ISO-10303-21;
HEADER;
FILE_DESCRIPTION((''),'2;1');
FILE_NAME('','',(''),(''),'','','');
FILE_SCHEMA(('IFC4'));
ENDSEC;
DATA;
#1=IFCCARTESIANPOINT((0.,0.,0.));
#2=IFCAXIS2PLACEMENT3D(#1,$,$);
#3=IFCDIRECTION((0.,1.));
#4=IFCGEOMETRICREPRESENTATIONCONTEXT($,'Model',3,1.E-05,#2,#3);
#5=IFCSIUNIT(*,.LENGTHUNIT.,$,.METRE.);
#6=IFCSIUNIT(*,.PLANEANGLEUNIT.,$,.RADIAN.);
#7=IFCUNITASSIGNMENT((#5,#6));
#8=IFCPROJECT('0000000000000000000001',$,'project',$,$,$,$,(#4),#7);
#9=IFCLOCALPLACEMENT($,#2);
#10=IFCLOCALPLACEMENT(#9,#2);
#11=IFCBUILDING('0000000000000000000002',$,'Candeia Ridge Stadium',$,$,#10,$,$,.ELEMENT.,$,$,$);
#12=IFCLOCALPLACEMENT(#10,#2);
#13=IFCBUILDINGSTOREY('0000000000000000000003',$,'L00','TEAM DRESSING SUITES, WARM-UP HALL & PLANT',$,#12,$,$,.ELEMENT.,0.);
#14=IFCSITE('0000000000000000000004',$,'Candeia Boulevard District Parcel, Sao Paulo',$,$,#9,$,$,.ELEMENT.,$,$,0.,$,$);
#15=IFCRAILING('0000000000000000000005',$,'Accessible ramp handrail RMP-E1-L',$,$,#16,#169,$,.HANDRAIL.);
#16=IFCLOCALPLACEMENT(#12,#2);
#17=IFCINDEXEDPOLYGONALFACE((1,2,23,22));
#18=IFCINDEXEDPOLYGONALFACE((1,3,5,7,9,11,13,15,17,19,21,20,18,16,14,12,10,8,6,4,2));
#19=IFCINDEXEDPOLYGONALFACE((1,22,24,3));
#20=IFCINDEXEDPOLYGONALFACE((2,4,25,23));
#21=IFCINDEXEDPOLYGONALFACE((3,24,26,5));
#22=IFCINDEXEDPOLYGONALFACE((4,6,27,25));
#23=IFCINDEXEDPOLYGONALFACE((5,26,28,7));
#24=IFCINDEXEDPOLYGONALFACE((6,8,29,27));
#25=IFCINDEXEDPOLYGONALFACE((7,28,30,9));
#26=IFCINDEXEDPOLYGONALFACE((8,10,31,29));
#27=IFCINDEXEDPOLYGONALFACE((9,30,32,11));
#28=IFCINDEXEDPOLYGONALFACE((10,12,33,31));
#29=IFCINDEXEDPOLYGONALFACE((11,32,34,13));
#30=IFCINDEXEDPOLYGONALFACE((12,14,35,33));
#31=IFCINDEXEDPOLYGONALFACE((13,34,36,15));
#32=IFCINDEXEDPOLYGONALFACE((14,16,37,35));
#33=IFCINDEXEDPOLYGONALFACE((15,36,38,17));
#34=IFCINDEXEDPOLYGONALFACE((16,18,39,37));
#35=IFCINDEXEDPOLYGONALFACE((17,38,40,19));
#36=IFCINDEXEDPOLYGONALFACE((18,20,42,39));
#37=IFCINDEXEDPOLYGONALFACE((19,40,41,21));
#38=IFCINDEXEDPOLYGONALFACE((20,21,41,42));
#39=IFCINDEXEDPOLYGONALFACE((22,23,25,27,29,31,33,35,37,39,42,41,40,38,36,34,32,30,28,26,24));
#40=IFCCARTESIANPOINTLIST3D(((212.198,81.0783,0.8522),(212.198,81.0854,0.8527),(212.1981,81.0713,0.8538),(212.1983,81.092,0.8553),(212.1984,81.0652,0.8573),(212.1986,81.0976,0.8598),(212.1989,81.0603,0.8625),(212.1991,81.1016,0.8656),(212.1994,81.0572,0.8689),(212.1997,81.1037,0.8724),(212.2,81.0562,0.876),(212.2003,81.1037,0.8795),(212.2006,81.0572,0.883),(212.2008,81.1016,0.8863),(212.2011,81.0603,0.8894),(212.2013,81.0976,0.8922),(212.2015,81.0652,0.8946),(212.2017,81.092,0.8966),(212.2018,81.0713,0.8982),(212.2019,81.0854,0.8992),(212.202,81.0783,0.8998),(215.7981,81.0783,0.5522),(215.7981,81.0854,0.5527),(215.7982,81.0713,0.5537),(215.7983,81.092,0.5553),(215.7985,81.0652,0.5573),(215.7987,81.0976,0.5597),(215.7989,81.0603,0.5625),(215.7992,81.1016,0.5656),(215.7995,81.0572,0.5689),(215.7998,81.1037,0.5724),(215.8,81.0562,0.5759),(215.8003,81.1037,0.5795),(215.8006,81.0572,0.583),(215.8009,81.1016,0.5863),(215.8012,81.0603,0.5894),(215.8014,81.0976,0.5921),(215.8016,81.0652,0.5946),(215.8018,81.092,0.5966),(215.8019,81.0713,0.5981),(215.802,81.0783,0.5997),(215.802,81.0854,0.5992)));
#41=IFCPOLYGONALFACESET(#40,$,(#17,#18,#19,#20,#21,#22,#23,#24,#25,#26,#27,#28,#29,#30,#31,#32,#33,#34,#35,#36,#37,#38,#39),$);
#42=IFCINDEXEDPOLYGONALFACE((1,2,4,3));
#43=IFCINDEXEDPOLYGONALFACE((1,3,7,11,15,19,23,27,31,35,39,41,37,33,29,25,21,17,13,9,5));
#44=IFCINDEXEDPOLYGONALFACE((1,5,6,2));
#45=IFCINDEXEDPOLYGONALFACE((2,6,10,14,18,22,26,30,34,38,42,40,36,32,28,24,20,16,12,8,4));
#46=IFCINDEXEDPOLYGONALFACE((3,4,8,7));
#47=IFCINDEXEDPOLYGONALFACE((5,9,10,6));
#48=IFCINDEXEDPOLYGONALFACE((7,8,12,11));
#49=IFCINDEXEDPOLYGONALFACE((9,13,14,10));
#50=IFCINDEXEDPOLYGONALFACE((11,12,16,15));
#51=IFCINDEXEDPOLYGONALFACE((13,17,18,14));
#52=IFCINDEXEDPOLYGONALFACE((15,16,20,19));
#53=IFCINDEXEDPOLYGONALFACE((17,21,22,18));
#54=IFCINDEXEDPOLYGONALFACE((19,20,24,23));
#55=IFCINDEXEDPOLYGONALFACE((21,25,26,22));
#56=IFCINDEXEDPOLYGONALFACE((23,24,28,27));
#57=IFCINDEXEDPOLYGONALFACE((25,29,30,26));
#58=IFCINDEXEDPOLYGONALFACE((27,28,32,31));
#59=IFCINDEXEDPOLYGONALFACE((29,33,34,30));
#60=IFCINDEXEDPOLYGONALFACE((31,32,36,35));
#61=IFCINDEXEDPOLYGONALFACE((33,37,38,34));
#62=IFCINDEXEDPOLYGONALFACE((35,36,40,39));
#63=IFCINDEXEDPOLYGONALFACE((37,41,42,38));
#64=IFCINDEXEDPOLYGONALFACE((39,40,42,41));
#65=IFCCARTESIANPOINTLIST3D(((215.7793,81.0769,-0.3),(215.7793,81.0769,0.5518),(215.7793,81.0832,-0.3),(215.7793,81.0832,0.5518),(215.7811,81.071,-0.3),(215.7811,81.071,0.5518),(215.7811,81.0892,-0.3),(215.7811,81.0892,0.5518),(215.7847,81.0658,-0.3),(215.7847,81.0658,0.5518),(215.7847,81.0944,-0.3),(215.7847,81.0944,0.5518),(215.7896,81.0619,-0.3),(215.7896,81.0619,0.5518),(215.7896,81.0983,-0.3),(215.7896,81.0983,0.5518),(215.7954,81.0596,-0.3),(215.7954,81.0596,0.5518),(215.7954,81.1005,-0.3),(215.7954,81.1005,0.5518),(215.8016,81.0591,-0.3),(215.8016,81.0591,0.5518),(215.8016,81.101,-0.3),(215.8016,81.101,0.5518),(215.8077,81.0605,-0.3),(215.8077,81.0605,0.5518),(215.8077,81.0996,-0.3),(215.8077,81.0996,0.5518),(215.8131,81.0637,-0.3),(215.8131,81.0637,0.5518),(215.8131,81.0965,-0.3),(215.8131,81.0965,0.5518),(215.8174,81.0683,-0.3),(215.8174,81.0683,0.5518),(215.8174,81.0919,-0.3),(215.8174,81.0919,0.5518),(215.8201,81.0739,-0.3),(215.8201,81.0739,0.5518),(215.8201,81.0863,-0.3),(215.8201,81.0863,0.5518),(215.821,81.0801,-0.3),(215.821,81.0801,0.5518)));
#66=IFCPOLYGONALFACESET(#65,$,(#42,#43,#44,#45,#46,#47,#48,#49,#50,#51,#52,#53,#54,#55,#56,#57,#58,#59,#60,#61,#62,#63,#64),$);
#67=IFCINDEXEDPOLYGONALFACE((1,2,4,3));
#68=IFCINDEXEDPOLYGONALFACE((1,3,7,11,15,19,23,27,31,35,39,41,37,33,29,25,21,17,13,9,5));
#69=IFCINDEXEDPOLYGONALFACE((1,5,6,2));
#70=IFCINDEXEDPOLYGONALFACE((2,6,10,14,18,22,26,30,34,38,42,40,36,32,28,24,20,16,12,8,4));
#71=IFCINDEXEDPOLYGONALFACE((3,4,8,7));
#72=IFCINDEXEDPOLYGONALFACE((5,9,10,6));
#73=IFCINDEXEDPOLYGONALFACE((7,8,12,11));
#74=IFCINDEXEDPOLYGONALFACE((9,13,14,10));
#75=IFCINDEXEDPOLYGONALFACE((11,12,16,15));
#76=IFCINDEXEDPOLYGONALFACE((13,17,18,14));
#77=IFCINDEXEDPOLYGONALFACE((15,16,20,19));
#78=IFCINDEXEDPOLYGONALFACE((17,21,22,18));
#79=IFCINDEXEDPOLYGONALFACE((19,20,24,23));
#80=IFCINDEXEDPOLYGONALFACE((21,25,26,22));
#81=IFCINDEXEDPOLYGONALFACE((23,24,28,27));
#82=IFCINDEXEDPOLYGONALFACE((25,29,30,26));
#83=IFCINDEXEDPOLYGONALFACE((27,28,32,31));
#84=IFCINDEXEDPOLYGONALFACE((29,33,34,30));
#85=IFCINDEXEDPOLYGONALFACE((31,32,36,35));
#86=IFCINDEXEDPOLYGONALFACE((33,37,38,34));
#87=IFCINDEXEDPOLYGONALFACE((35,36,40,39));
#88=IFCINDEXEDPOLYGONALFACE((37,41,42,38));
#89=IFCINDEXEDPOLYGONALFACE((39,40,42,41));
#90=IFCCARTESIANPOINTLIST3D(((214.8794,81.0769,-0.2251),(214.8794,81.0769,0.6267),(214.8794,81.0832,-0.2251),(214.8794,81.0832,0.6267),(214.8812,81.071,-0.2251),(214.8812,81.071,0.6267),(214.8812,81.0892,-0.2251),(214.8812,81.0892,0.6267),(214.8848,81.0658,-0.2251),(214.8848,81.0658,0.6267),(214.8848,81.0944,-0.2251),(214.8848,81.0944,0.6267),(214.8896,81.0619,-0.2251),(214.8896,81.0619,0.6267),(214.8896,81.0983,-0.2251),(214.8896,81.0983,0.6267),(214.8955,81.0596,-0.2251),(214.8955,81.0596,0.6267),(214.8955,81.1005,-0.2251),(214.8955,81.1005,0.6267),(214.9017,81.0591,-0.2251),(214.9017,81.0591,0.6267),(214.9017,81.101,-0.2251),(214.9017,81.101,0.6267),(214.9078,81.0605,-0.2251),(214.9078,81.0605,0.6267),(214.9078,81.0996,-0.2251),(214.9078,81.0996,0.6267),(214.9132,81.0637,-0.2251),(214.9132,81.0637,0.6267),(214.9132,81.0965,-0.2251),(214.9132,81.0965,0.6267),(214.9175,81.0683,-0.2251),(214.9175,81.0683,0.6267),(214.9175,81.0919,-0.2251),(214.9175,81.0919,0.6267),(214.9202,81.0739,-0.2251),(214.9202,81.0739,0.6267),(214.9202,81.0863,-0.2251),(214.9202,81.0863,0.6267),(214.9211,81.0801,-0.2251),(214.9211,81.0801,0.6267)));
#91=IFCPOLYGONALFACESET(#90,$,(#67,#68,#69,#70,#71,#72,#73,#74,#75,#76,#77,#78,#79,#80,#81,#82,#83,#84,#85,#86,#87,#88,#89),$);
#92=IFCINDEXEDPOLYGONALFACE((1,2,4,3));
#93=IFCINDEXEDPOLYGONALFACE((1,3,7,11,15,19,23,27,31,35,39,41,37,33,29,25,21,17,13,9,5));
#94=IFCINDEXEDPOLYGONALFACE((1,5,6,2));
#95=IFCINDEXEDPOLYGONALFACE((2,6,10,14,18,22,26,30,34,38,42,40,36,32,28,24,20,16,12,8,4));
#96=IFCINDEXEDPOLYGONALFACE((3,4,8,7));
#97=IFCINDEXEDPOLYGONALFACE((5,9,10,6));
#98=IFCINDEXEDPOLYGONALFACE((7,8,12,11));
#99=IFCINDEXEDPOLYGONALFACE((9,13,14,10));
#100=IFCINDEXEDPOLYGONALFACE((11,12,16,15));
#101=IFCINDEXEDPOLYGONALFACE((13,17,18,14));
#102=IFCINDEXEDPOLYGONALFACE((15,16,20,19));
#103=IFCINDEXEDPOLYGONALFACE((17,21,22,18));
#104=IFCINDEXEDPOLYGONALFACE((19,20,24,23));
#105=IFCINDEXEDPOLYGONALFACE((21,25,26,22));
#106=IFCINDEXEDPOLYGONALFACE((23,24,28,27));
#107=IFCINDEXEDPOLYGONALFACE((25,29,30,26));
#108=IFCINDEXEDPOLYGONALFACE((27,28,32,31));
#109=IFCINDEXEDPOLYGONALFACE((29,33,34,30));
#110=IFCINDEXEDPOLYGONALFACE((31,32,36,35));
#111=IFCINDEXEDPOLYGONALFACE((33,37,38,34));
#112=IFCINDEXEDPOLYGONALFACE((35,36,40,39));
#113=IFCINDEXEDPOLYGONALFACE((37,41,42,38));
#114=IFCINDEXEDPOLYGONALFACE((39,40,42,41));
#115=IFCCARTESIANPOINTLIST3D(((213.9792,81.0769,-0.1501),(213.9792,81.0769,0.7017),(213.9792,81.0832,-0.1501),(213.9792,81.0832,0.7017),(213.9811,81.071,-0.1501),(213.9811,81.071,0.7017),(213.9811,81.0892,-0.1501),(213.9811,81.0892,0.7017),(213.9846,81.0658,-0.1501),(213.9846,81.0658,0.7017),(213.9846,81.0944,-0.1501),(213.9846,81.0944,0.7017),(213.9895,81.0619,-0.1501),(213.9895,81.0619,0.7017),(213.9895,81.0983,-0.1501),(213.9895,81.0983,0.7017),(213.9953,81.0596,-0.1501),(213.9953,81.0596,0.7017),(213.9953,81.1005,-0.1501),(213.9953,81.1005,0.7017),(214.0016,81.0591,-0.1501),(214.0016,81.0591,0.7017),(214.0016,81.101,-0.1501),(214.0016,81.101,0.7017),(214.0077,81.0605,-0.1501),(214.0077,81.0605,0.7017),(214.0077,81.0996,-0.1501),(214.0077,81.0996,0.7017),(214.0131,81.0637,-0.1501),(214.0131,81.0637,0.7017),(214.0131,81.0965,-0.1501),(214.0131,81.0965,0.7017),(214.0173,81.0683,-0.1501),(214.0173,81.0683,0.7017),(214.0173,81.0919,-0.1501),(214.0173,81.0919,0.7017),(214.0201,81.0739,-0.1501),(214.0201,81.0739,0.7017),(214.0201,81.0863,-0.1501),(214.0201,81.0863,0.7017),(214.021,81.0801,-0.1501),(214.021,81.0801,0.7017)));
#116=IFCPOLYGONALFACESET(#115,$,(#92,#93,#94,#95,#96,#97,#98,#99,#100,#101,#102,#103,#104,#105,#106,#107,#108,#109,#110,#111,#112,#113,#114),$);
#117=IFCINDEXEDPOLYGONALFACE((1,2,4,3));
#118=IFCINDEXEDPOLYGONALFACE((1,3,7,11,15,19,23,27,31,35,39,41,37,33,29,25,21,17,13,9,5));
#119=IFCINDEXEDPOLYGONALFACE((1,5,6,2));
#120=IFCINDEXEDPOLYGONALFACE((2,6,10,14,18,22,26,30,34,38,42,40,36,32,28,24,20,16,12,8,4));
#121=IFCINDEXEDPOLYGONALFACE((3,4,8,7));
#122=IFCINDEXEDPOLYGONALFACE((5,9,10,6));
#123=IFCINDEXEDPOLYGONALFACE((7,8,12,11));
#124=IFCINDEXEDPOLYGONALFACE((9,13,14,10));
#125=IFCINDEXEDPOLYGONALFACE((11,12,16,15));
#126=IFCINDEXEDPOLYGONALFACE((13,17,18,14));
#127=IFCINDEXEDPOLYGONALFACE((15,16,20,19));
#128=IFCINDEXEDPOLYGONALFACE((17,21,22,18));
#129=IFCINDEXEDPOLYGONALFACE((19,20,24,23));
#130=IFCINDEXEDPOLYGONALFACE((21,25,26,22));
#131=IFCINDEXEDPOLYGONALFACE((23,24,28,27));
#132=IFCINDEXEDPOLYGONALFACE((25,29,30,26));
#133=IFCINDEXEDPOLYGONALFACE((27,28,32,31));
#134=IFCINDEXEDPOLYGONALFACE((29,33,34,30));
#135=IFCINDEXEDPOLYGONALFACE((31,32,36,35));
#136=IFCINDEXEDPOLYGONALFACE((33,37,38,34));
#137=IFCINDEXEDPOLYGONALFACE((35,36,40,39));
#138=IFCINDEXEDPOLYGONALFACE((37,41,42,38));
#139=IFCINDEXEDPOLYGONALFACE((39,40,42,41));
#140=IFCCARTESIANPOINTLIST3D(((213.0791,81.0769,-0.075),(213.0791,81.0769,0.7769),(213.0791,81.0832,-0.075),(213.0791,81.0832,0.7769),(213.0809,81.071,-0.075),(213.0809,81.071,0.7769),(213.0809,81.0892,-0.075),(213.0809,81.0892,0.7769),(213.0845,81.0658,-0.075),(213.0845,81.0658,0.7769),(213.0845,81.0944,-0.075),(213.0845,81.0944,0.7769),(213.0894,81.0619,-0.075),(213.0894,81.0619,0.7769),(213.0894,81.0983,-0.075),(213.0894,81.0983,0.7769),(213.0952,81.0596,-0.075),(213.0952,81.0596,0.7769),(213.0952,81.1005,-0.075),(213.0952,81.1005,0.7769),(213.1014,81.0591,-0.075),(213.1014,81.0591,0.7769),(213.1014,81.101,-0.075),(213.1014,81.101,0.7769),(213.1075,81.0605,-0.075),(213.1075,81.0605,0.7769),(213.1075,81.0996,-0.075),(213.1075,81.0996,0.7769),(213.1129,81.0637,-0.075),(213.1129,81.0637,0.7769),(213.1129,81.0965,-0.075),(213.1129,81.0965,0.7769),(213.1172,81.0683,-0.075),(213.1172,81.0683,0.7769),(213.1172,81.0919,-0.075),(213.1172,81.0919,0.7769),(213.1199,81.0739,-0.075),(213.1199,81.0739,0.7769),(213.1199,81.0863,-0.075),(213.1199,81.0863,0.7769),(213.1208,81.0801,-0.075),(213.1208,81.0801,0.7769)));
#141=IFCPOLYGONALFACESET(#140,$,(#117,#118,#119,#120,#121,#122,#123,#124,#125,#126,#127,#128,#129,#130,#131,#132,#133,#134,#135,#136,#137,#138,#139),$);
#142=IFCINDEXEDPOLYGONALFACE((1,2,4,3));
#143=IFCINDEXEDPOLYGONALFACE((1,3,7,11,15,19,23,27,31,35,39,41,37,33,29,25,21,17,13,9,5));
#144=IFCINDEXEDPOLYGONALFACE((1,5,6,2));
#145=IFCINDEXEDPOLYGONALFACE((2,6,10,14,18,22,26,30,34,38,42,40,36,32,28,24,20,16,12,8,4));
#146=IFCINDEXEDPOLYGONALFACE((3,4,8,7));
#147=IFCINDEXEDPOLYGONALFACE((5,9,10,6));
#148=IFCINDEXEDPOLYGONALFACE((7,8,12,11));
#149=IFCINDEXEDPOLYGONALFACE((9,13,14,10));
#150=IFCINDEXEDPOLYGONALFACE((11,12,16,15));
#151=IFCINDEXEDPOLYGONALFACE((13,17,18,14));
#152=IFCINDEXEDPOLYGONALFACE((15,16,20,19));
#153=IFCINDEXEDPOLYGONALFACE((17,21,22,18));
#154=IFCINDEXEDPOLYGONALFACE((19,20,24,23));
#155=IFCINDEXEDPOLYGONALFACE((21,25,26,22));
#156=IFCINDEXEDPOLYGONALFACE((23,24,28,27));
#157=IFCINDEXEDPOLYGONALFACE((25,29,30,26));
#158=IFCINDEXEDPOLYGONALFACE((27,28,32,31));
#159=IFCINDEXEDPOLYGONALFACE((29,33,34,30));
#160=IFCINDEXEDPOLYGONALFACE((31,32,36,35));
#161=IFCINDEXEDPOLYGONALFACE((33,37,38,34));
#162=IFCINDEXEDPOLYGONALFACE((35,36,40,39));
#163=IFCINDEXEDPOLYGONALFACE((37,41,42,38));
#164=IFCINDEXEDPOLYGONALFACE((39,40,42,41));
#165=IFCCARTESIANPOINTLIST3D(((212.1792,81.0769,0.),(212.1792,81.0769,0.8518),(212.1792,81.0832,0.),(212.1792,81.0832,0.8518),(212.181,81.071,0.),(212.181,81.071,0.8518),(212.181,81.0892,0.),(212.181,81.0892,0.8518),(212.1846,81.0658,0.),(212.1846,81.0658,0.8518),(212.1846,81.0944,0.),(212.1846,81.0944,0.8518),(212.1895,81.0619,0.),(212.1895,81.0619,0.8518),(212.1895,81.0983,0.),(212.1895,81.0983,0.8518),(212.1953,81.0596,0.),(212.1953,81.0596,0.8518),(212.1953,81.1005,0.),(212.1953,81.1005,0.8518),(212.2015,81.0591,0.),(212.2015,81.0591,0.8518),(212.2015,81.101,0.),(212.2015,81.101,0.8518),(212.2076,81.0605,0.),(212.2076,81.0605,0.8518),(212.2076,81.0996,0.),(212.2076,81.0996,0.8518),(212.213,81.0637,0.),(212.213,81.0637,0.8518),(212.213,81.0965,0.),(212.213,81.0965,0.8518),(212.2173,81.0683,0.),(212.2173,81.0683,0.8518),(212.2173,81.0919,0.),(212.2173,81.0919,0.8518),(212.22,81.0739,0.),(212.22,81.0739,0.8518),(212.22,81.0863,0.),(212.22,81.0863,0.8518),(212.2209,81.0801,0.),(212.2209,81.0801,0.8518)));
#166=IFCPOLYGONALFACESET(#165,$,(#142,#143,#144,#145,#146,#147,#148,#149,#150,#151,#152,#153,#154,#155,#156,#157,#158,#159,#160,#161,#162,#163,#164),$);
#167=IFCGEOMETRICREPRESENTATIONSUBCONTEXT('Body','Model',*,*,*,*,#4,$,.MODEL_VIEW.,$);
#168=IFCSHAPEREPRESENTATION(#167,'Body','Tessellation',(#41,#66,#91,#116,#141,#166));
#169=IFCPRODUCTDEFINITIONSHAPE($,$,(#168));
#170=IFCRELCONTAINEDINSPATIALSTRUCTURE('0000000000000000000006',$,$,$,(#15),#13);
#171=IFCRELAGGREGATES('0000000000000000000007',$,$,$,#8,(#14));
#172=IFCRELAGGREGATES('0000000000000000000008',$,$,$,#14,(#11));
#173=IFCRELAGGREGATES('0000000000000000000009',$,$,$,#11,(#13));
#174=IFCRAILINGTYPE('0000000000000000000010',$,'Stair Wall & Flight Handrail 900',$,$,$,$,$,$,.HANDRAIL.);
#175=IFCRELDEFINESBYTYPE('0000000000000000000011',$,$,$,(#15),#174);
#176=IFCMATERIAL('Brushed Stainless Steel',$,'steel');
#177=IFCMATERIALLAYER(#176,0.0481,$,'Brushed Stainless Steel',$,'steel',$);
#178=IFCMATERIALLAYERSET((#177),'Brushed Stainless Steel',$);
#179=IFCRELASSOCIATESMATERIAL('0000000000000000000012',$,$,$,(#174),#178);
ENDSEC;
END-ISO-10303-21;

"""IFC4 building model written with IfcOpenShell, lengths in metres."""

from ifc_helpers import new_model, si_unit, direction, frame, origin, origin_2d, place, context, subcontext, project, spatial, circle, extrude, material, layer, layer_set, type_object, element, save


model = new_model("IFC4")

# Units and contexts
model_context = context("Model", 3, precision=1e-05, world=origin(), true_north=direction((0.0, 1.0)))
body_context = subcontext(model_context, "Body", "Model", "MODEL_VIEW")
ifc_project = project(units=[si_unit("LENGTHUNIT", "METRE"), si_unit("PLANEANGLEUNIT", "RADIAN")], contexts=[model_context])

# Site, building, storey
site_placement = place(None, origin())
site = spatial("IfcSite", under=ifc_project, at=site_placement, Name="Candeia Boulevard District Parcel, Sao Paulo", CompositionType="ELEMENT", RefElevation=0.0)
building_placement = place(site_placement, origin())
building = spatial("IfcBuilding", under=site, at=building_placement, Name="Candeia Ridge Stadium", CompositionType="ELEMENT")
storey_placement = place(building_placement, origin())
storey = spatial("IfcBuildingStorey", under=building, at=storey_placement, Name="L00", Description="TEAM DRESSING SUITES, WARM-UP HALL & PLANT", CompositionType="ELEMENT", Elevation=0.0)

# Shared definitions
ifc_material_1 = material(Name="Brushed Stainless Steel", Category="steel")

# Railing
ifc_layer_1 = layer(ifc_material_1, 0.0481, Name="Brushed Stainless Steel", Category="steel")
ifc_layer_set_1 = layer_set([ifc_layer_1], Name="Brushed Stainless Steel")
railing_type_1 = type_object("IfcRailingType", Name="Stair Wall & Flight Handrail 900", PredefinedType="HANDRAIL", material=ifc_layer_set_1)
railing_1_placement = place(storey_placement, frame((215.8, 81.0801, -0.3)))
element("IfcRailing", 1, at=railing_1_placement, inside=storey, type_object=railing_type_1, Name="Accessible ramp handrail RMP-E1-L", PredefinedType="HANDRAIL", context=body_context, shape_type="SweptSolid", body=[
    extrude(circle(Radius=0.0239, at=origin_2d()), frame((0.0, 0.0, 0.876), z_axis=(-0.996545, 0.0, 0.083057), x_axis=(0.0, -1.0, 0.0)), (0.0, 0.0, 1.0), 3.6125),
    extrude(circle(Radius=0.021, at=origin_2d()), origin(), (0.0, 0.0, 1.0), 0.8518),
    extrude(circle(Radius=0.021, at=origin_2d()), frame((-0.8999, 0.0, 0.075)), (0.0, 0.0, 1.0), 0.8518),
    extrude(circle(Radius=0.021, at=origin_2d()), frame((-1.8, 0.0, 0.1499)), (0.0, 0.0, 1.0), 0.8518),
    extrude(circle(Radius=0.021, at=origin_2d()), frame((-2.7002, 0.0, 0.2251)), (0.0, 0.0, 1.0), 0.8518),
    extrude(circle(Radius=0.021, at=origin_2d()), frame((-3.6001, 0.0, 0.3)), (0.0, 0.0, 1.0), 0.8518),
])

save(model, "model.ifc")
